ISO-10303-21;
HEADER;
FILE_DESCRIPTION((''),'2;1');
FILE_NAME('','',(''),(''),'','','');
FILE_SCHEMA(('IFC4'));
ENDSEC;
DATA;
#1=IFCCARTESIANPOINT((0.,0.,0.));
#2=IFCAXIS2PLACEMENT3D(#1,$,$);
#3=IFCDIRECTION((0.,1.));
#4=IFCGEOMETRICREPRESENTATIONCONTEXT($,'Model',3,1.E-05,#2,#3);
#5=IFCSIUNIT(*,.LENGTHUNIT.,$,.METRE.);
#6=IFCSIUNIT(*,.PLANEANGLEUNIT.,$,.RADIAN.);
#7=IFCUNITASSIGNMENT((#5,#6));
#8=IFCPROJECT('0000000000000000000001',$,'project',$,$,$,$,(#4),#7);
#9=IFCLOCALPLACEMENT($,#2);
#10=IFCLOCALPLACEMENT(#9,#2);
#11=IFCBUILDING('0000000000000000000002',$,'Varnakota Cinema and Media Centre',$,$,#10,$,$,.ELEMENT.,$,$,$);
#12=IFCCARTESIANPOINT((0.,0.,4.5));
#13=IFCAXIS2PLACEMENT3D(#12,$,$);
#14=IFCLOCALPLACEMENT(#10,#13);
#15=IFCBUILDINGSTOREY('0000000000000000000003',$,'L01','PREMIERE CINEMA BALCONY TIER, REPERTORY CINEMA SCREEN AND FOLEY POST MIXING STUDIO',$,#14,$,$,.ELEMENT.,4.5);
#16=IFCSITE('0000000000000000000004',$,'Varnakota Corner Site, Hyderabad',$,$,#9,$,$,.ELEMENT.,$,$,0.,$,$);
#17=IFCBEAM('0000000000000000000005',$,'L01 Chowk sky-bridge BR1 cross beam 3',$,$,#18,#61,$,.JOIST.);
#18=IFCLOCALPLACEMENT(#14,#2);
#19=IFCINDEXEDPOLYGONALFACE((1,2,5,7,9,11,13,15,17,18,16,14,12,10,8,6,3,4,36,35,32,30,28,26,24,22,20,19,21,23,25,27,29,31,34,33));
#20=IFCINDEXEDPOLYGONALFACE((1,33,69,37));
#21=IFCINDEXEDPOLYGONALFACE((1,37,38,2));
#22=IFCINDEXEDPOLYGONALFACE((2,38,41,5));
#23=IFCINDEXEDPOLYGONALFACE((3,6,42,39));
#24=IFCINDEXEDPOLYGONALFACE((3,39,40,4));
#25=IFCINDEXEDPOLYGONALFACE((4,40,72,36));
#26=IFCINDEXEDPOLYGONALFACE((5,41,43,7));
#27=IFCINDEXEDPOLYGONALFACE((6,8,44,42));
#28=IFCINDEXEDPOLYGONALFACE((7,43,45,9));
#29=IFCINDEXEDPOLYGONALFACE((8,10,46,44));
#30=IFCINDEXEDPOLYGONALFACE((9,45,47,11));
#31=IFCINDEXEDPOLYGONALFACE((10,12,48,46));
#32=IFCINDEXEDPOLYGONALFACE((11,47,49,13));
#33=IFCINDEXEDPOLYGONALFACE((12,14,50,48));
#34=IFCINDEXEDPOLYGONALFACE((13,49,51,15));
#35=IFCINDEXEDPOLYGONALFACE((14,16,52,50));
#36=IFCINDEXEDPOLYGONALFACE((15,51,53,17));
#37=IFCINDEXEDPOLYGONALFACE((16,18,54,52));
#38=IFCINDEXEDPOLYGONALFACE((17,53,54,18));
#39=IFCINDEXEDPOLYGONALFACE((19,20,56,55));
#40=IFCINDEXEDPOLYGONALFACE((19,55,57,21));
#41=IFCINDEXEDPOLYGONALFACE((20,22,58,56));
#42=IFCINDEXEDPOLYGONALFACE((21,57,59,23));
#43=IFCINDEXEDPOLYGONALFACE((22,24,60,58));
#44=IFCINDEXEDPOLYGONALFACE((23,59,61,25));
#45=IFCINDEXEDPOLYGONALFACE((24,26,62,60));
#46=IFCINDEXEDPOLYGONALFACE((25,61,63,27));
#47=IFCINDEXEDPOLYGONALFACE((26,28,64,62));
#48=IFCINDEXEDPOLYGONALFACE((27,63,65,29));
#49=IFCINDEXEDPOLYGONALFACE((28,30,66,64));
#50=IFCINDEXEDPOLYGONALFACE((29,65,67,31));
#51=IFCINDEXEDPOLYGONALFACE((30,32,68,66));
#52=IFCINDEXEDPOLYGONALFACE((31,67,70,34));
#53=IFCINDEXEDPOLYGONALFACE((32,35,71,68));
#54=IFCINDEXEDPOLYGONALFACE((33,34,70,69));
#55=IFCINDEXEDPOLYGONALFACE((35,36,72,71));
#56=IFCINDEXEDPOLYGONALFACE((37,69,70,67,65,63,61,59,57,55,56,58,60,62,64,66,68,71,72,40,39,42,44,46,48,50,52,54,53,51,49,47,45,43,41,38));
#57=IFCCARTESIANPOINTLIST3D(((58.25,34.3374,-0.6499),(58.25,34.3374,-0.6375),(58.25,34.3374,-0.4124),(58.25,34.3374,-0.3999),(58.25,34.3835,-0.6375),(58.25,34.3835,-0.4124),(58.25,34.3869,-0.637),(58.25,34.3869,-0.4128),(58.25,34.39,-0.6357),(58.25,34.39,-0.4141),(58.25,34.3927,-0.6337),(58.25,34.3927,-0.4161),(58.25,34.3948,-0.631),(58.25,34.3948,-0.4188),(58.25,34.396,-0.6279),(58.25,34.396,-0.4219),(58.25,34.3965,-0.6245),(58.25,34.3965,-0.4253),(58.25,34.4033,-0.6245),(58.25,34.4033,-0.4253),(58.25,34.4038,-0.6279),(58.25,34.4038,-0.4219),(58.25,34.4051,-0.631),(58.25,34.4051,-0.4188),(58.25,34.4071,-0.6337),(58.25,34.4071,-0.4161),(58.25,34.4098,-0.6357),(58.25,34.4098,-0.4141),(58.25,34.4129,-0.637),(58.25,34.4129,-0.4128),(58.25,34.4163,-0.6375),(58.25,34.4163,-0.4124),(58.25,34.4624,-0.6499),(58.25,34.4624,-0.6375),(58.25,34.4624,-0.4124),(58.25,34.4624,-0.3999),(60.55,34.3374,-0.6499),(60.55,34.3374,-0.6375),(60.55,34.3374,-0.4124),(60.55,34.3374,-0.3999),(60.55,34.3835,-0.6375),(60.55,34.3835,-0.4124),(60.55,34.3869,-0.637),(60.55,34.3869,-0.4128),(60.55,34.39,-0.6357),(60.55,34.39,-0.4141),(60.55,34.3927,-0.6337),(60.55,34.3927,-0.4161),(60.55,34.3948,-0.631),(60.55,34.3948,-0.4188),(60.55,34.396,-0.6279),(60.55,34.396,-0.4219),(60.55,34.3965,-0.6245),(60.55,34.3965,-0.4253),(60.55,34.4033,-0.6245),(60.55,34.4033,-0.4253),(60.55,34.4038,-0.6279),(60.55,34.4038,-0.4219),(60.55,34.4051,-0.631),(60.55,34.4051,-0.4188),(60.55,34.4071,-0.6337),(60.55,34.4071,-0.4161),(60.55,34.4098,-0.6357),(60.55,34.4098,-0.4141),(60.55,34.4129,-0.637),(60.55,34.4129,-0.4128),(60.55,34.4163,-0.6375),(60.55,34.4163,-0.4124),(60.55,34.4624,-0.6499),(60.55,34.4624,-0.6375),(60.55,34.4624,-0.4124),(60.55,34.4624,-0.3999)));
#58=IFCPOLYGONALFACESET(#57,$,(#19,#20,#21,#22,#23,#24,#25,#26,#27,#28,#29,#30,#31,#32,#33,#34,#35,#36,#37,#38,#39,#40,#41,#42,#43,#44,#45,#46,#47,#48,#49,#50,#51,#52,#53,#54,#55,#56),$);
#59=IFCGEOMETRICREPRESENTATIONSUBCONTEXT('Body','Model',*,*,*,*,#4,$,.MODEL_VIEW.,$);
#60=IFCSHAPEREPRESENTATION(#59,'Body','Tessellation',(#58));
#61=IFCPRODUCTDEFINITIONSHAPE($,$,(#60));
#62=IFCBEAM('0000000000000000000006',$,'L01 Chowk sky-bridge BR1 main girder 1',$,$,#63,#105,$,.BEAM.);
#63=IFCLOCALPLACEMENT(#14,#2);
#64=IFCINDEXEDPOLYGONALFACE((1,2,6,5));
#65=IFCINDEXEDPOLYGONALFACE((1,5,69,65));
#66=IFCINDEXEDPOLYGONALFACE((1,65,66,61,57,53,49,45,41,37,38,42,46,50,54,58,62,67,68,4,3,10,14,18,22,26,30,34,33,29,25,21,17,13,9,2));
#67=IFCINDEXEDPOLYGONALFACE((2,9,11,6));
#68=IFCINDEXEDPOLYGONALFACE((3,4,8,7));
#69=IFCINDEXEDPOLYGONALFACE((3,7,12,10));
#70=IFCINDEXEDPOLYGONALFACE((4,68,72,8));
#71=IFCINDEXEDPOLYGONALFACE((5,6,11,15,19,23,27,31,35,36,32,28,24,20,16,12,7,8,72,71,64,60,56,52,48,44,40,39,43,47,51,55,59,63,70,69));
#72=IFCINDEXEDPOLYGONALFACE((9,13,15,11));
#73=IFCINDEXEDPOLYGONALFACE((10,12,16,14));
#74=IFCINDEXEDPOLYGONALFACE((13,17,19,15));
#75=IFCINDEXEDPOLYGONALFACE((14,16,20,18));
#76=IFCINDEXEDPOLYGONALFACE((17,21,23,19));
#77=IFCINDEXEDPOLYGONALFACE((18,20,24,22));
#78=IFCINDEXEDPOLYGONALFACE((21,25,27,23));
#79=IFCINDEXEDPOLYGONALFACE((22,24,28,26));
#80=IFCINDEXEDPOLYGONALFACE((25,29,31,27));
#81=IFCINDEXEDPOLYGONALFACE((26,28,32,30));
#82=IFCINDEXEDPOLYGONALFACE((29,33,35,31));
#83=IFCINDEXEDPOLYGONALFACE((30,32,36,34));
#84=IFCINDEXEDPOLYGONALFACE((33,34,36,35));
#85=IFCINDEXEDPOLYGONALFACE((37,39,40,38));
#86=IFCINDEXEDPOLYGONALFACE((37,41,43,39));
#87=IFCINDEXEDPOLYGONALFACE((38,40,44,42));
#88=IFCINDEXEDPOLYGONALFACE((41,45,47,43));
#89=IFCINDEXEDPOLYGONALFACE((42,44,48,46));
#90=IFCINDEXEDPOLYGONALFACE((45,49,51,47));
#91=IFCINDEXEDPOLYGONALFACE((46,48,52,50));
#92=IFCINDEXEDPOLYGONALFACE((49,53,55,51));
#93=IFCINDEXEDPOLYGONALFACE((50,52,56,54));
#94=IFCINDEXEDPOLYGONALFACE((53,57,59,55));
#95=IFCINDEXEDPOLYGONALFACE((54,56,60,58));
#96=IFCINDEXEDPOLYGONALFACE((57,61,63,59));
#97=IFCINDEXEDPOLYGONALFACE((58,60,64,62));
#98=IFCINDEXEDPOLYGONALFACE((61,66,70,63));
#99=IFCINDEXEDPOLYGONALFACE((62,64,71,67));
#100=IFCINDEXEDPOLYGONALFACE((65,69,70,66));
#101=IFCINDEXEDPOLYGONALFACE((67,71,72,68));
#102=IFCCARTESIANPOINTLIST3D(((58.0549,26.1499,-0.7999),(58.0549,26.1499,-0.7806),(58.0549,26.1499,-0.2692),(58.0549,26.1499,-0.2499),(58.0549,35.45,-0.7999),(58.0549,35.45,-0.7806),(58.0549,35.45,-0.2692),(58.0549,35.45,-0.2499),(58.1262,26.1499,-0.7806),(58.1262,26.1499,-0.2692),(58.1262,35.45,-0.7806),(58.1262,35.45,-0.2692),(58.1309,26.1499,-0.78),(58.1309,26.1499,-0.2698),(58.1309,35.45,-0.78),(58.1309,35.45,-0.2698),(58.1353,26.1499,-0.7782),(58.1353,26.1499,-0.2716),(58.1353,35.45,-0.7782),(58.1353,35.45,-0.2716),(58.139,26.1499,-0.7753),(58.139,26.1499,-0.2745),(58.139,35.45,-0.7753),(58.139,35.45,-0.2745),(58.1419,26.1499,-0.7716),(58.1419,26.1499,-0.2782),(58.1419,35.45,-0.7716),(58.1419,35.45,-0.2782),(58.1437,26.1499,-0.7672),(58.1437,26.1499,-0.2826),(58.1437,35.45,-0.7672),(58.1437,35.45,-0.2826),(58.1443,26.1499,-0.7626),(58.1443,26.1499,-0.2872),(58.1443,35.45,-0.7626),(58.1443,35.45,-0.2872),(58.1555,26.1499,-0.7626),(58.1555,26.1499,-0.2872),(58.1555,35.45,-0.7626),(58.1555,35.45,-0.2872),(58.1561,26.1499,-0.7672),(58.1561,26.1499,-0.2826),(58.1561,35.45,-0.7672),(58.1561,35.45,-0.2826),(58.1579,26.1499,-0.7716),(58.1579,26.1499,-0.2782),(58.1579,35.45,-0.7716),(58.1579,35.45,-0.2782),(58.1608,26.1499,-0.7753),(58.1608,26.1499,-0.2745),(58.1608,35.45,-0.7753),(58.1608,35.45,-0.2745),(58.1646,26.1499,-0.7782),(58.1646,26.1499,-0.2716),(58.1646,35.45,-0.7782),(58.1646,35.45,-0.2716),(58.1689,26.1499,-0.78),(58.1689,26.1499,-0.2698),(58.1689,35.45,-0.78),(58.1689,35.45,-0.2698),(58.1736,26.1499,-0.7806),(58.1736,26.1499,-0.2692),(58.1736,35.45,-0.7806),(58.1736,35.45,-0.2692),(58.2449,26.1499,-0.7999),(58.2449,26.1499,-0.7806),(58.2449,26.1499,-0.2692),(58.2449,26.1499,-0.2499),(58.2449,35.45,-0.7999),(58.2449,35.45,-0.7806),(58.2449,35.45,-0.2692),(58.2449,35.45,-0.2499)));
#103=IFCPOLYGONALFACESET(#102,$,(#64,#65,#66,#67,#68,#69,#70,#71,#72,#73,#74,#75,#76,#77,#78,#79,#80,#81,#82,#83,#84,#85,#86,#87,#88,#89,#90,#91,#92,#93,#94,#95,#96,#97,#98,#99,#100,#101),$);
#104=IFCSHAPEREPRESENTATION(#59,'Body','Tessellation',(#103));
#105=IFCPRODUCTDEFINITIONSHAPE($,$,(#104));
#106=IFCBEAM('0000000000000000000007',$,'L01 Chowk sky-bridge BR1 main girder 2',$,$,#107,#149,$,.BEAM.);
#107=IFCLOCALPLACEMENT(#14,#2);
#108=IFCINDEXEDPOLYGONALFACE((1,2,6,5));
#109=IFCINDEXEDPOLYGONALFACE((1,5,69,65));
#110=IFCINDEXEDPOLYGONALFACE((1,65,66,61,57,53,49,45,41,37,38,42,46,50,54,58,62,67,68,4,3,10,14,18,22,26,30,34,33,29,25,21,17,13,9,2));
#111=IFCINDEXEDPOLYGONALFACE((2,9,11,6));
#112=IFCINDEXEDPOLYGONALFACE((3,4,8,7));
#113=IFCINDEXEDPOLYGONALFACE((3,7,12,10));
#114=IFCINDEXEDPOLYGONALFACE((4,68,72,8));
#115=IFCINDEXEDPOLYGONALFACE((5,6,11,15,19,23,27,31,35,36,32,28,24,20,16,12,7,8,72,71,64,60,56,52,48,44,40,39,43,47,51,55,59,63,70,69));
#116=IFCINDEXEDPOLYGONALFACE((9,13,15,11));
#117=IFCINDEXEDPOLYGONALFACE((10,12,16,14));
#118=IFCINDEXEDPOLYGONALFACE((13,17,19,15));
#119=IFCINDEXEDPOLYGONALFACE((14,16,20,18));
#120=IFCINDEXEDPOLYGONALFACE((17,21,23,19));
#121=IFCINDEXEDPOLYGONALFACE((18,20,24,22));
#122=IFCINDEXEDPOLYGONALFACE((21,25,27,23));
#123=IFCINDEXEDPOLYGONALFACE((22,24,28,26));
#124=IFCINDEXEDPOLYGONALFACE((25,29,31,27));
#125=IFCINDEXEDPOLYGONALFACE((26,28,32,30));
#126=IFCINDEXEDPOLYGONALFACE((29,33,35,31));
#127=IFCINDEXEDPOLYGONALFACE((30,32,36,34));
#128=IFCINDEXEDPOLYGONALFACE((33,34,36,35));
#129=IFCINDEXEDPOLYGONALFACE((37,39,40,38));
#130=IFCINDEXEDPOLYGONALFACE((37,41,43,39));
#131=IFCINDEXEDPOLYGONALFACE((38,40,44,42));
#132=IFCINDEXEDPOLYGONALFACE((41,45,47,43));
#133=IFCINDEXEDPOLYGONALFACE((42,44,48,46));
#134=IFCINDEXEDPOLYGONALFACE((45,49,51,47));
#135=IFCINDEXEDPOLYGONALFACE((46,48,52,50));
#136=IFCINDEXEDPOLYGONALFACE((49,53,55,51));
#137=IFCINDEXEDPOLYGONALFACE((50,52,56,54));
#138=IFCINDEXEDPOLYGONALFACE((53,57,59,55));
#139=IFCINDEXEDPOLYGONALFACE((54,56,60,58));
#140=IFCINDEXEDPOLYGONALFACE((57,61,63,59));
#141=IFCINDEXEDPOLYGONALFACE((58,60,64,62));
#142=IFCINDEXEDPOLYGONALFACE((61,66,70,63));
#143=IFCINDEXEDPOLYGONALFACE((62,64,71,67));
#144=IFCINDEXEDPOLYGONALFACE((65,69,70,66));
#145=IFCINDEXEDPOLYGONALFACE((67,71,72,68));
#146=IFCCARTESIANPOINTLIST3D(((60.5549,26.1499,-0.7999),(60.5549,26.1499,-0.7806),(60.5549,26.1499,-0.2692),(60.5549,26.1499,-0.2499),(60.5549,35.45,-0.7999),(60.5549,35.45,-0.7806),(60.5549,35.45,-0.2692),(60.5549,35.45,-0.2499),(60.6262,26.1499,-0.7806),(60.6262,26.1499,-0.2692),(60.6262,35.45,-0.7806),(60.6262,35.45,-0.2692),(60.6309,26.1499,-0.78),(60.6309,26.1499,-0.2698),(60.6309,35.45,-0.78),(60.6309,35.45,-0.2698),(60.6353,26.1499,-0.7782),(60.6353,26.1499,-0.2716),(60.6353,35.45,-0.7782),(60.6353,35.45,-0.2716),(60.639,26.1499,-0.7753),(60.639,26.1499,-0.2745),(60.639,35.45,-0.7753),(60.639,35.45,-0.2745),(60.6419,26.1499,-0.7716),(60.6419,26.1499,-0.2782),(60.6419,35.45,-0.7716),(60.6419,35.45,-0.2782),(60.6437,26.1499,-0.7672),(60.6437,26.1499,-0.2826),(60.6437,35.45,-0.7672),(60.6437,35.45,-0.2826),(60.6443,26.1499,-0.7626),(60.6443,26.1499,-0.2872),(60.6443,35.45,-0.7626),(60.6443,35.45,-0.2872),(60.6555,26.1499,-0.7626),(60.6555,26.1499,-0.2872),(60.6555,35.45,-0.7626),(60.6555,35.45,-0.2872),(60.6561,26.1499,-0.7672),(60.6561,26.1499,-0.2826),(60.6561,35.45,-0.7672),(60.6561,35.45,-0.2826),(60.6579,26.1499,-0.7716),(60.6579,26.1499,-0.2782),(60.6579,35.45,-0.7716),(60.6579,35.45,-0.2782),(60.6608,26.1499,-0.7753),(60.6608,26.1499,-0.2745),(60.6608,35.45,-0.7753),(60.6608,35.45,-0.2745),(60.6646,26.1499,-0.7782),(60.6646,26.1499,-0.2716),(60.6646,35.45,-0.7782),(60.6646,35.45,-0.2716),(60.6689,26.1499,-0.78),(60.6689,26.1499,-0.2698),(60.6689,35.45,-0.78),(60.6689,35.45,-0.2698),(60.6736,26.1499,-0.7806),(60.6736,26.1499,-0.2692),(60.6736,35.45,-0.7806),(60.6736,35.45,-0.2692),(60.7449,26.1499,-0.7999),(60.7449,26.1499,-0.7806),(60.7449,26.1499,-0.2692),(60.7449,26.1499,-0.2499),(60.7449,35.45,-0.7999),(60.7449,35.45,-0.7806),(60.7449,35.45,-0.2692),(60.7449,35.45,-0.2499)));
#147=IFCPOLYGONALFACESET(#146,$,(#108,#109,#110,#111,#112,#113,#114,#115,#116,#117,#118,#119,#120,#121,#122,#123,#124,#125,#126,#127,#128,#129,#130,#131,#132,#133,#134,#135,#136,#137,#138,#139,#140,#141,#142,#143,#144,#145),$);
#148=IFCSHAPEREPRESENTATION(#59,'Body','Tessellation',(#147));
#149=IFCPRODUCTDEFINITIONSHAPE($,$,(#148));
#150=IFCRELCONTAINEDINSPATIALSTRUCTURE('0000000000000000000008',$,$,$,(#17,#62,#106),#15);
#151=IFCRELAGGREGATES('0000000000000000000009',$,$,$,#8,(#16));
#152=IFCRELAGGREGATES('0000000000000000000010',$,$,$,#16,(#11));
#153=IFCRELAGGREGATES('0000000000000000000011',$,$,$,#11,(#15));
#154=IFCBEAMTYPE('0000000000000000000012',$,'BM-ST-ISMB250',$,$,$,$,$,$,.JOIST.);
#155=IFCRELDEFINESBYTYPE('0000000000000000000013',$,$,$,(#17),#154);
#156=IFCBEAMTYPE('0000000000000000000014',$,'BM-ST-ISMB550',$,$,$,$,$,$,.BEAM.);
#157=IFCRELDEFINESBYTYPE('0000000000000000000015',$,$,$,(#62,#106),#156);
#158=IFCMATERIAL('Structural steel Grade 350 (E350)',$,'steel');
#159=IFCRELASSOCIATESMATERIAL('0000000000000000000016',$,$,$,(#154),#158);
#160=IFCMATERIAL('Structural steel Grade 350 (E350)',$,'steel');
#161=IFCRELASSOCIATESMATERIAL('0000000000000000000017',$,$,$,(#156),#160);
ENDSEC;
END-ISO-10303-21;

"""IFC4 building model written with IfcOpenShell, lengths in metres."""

from ifc_helpers import new_model, si_unit, direction, frame, origin, origin_2d, place, context, subcontext, project, spatial, i_section, extrude, material, material_profile, profile_set, type_object, element, save


model = new_model("IFC4")

# Units and contexts
model_context = context("Model", 3, precision=1e-05, world=origin(), true_north=direction((0.0, 1.0)))
body_context = subcontext(model_context, "Body", "Model", "MODEL_VIEW")
ifc_project = project(units=[si_unit("LENGTHUNIT", "METRE"), si_unit("PLANEANGLEUNIT", "RADIAN")], contexts=[model_context])

# Site, building, storey
site_placement = place(None, origin())
site = spatial("IfcSite", under=ifc_project, at=site_placement, Name="Varnakota Corner Site, Hyderabad", CompositionType="ELEMENT", RefElevation=0.0)
building_placement = place(site_placement, origin())
building = spatial("IfcBuilding", under=site, at=building_placement, Name="Varnakota Cinema and Media Centre", CompositionType="ELEMENT")
storey_placement = place(building_placement, frame((0.0, 0.0, 4.5)))
storey = spatial("IfcBuildingStorey", under=building, at=storey_placement, Name="L01", Description="PREMIERE CINEMA BALCONY TIER, REPERTORY CINEMA SCREEN AND FOLEY POST MIXING STUDIO", CompositionType="ELEMENT", Elevation=4.5)

# Beams
ifc_material_1 = material(Name="Structural steel Grade 350 (E350)", Category="steel")
ifc_material_profile_1 = material_profile(ifc_material_1, i_section(OverallWidth=0.125, OverallDepth=0.25, WebThickness=0.0068, FlangeThickness=0.0125, FilletRadius=0.0129, at=origin_2d()), Name="ISMB 250")
ifc_profile_set_1 = profile_set([ifc_material_profile_1], Name="Structural steel Grade 350 (E350)")
beam_type_1 = type_object("IfcBeamType", Name="BM-ST-ISMB250", PredefinedType="JOIST", material=ifc_profile_set_1)
for number, where, z_axis, x_axis, name in (
    (1, (58.25, 34.3999, -0.5249), (1.0, 0.0, 0.0), (0.0, 1.0, 0.0), "L01 Chowk sky-bridge BR1 cross beam 3"),
):
    element("IfcBeam", number, at=place(storey_placement, frame(where, z_axis=z_axis, x_axis=x_axis)), inside=storey, type_object=beam_type_1, Name=name, PredefinedType="JOIST", context=body_context, shape_type="SweptSolid", body=[
        extrude(i_section(OverallWidth=0.125, OverallDepth=0.25, WebThickness=0.0068, FlangeThickness=0.0125, FilletRadius=0.0129, at=origin_2d()), origin(), (0.0, 0.0, 1.0), 2.3),
    ])
ifc_material_2 = material(Name="Structural steel Grade 350 (E350)", Category="steel")
ifc_material_profile_2 = material_profile(ifc_material_2, i_section(OverallWidth=0.1899, OverallDepth=0.55, WebThickness=0.0112, FlangeThickness=0.0193, FilletRadius=0.0181, at=origin_2d()), Name="ISMB 550")
ifc_profile_set_2 = profile_set([ifc_material_profile_2], Name="Structural steel Grade 350 (E350)")
beam_type_2 = type_object("IfcBeamType", Name="BM-ST-ISMB550", PredefinedType="BEAM", material=ifc_profile_set_2)
for number, where, z_axis, x_axis, name in (
    (2, (58.1499, 26.1499, -0.5249), (0.0, 1.0, 0.0), (-1.0, 0.0, 0.0), "L01 Chowk sky-bridge BR1 main girder 1"),
    (3, (60.6499, 26.1499, -0.5249), (0.0, 1.0, 0.0), (-1.0, 0.0, 0.0), "L01 Chowk sky-bridge BR1 main girder 2"),
):
    element("IfcBeam", number, at=place(storey_placement, frame(where, z_axis=z_axis, x_axis=x_axis)), inside=storey, type_object=beam_type_2, Name=name, PredefinedType="BEAM", context=body_context, shape_type="SweptSolid", body=[
        extrude(i_section(OverallWidth=0.1899, OverallDepth=0.55, WebThickness=0.0112, FlangeThickness=0.0193, FilletRadius=0.0181, at=origin_2d()), origin(), (0.0, 0.0, 1.0), 9.3),
    ])

save(model, "model.ifc")
